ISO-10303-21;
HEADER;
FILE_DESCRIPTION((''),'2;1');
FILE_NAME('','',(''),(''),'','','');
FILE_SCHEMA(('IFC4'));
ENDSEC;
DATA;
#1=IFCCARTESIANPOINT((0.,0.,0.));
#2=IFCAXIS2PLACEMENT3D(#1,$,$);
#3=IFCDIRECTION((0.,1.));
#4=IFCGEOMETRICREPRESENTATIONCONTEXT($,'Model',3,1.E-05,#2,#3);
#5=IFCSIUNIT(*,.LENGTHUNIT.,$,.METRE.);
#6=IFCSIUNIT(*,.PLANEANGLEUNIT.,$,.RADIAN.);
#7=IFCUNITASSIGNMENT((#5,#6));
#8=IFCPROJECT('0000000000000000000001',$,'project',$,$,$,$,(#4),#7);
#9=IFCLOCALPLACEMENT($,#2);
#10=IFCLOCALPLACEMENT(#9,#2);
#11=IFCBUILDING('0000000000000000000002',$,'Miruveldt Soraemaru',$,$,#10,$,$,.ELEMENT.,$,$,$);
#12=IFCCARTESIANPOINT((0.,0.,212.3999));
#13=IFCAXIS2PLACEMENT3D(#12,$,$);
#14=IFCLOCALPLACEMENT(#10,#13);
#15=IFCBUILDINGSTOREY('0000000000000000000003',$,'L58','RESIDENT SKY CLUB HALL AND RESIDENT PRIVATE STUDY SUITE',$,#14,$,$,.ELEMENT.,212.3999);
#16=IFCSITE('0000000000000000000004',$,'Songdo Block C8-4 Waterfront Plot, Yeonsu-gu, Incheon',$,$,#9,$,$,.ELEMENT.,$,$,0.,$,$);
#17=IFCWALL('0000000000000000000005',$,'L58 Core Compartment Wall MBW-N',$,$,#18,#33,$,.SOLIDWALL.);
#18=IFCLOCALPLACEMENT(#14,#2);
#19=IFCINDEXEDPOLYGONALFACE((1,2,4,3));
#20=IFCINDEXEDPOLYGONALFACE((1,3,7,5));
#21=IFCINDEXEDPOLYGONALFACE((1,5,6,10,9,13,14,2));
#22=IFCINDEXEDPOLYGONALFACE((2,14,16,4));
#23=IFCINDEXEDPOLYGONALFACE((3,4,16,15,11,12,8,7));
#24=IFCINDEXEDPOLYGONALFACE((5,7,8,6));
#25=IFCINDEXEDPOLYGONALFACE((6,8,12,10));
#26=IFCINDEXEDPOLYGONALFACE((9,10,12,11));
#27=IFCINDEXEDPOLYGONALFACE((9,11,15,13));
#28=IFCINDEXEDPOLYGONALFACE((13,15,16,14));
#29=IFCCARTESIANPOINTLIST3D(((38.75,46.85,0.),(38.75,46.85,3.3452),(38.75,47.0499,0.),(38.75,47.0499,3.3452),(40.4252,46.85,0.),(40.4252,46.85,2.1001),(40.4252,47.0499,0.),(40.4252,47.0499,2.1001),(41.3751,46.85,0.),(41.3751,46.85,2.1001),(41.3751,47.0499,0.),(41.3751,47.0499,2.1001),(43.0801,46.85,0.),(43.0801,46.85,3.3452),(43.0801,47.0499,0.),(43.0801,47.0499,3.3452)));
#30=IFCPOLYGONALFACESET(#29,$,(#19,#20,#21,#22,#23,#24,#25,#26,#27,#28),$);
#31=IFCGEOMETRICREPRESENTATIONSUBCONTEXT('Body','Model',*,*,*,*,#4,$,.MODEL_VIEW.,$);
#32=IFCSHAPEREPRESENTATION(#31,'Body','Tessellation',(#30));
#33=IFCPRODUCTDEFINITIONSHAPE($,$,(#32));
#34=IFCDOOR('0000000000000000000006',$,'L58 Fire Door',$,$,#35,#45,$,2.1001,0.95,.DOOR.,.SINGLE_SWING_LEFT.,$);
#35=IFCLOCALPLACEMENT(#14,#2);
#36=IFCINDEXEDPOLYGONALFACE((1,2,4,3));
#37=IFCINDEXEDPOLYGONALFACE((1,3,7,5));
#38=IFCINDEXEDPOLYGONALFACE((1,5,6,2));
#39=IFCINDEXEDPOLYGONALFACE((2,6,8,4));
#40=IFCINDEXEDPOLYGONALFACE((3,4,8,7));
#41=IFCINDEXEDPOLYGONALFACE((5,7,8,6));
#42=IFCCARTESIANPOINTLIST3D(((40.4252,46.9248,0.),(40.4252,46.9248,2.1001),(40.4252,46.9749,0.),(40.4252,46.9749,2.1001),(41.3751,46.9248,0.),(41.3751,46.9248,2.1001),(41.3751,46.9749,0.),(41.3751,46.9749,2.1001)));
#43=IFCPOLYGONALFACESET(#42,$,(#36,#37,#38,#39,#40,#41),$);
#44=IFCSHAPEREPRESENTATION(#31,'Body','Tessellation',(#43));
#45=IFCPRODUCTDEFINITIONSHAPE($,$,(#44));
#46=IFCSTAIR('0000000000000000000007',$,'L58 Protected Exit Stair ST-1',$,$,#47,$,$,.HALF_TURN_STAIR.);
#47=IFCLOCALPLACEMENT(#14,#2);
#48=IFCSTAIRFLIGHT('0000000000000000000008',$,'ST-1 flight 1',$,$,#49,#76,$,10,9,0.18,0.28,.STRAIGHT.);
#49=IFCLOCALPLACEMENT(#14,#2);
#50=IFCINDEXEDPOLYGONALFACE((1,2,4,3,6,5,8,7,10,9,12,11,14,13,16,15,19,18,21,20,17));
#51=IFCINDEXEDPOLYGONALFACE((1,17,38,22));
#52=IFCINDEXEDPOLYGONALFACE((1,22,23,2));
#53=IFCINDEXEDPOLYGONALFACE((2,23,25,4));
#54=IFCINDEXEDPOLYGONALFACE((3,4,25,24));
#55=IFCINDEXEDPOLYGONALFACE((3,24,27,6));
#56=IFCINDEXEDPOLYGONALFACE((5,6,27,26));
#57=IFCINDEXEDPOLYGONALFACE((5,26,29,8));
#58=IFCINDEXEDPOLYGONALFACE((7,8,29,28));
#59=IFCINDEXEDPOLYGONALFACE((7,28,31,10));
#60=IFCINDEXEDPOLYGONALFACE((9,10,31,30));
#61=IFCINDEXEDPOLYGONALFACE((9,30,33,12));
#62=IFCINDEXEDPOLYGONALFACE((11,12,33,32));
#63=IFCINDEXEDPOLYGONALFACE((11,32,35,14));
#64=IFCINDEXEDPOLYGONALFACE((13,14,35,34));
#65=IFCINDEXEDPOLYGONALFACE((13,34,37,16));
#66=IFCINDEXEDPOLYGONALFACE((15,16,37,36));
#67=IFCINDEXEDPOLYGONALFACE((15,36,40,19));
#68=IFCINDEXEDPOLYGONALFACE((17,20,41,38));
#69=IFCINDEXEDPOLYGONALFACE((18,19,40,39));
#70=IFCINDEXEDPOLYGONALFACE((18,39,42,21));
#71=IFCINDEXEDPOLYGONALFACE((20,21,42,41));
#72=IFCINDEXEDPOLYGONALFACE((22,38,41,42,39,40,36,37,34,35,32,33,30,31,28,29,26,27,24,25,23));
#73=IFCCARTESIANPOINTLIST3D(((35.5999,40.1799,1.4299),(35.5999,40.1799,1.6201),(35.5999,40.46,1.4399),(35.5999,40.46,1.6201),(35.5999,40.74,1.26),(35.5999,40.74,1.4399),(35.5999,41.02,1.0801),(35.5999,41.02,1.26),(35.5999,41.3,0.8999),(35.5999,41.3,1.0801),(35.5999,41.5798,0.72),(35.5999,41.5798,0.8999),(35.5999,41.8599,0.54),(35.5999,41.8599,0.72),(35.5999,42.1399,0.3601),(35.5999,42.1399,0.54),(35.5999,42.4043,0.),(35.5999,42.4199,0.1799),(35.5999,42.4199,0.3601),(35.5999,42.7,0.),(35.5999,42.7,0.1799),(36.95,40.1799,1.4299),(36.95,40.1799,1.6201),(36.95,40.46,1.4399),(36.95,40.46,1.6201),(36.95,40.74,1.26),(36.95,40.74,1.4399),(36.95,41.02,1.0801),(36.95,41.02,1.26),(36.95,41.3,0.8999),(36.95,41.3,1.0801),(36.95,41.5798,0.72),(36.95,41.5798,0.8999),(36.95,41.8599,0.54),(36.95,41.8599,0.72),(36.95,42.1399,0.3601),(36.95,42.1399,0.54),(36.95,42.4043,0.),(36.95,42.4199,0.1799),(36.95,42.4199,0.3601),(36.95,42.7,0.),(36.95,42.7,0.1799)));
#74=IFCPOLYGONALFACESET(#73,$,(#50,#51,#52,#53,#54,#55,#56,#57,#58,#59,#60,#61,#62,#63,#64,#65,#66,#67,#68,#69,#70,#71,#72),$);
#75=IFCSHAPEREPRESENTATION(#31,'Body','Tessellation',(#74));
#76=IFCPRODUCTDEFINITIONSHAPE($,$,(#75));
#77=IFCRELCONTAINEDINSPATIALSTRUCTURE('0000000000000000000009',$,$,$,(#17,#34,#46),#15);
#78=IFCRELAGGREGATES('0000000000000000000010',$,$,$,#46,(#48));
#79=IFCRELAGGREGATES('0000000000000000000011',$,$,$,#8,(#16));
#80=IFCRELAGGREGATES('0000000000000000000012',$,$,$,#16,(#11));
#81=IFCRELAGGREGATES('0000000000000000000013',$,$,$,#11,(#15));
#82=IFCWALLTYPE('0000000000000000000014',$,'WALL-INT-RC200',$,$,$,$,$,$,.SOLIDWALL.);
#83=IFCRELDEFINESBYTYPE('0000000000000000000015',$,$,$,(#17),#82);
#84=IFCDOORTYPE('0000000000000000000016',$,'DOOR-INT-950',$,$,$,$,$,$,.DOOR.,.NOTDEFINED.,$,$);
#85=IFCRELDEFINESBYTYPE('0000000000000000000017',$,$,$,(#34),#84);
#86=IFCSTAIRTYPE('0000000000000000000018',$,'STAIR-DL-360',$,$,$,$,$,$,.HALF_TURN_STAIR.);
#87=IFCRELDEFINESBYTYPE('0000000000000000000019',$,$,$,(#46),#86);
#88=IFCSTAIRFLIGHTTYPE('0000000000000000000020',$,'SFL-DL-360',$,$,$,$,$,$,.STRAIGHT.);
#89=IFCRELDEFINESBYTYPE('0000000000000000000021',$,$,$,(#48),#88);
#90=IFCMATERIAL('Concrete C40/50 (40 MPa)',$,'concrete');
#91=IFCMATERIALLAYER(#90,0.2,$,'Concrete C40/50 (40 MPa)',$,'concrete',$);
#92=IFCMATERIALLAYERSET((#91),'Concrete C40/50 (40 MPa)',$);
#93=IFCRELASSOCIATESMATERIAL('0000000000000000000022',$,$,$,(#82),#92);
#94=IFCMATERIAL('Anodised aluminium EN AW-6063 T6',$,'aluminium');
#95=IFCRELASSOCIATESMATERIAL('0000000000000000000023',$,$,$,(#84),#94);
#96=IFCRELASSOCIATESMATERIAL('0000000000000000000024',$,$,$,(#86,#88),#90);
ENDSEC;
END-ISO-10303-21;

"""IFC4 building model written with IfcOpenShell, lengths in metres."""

from ifc_helpers import new_model, si_unit, direction, frame, frame_2d, origin, place, context, subcontext, project, spatial, polyline, rectangle, outline, extrude, material, layer, layer_set, type_object, element, fill, aggregate, save


model = new_model("IFC4")

# Units and contexts
model_context = context("Model", 3, precision=1e-05, world=origin(), true_north=direction((0.0, 1.0)))
body_context = subcontext(model_context, "Body", "Model", "MODEL_VIEW")
ifc_project = project(units=[si_unit("LENGTHUNIT", "METRE"), si_unit("PLANEANGLEUNIT", "RADIAN")], contexts=[model_context])

# Site, building, storey
site_placement = place(None, origin())
site = spatial("IfcSite", under=ifc_project, at=site_placement, Name="Songdo Block C8-4 Waterfront Plot, Yeonsu-gu, Incheon", CompositionType="ELEMENT", RefElevation=0.0)
building_placement = place(site_placement, origin())
building = spatial("IfcBuilding", under=site, at=building_placement, Name="Miruveldt Soraemaru", CompositionType="ELEMENT")
storey_placement = place(building_placement, frame((0.0, 0.0, 212.3999)))
storey = spatial("IfcBuildingStorey", under=building, at=storey_placement, Name="L58", Description="RESIDENT SKY CLUB HALL AND RESIDENT PRIVATE STUDY SUITE", CompositionType="ELEMENT", Elevation=212.3999)

# Shared definitions
ifc_material_1 = material(Name="Anodised aluminium EN AW-6063 T6", Category="aluminium")

# Shared definitions
ifc_material_2 = material(Name="Concrete C40/50 (40 MPa)", Category="concrete")

# Wall, opening, door
ifc_layer_1 = layer(ifc_material_2, 0.2, Name="Concrete C40/50 (40 MPa)", Category="concrete")
ifc_layer_set_1 = layer_set([ifc_layer_1], Name="Concrete C40/50 (40 MPa)")
wall_type_1 = type_object("IfcWallType", Name="WALL-INT-RC200", PredefinedType="SOLIDWALL", material=ifc_layer_set_1)
wall_1_placement = place(storey_placement, frame((38.75, 46.95, 0.0), z_axis=(0.0, 0.0, 1.0), x_axis=(1.0, 0.0, 0.0)))
wall_1 = element("IfcWall", 1, at=wall_1_placement, inside=storey, type_object=wall_type_1, Name="L58 Core Compartment Wall MBW-N", PredefinedType="SOLIDWALL", context=body_context, shape_type="SweptSolid", body=[
    extrude(rectangle(XDim=4.3301, YDim=0.2, at=frame_2d((2.165, 0.0))), origin(), (0.0, 0.0, 1.0), 3.3452),
])
opening_1_placement = place(wall_1_placement, frame((1.675, 0.0, 0.0)))
opening_1 = element("IfcOpeningElement", 2, at=opening_1_placement, cuts=wall_1, PredefinedType="OPENING", context=body_context, shape_type="SweptSolid", body=[
    extrude(rectangle(XDim=0.95, YDim=2.1001, at=frame_2d((0.4751, 1.05))), frame((0.0, 0.1099, 0.0), z_axis=(0.0, -1.0, 0.0), x_axis=(1.0, 0.0, 0.0)), (0.0, 0.0, 1.0), 0.22),
])
door_type_1 = type_object("IfcDoorType", Name="DOOR-INT-950", OperationType="NOTDEFINED", PredefinedType="DOOR", material=ifc_material_1)
door_1_placement = place(opening_1_placement, origin())
door_1 = element("IfcDoor", 3, at=door_1_placement, inside=storey, type_object=door_type_1, Name="L58 Fire Door", OperationType="SINGLE_SWING_LEFT", OverallHeight=2.1001, OverallWidth=0.95, PredefinedType="DOOR", context=body_context, shape_type="SweptSolid", body=[
    extrude(rectangle(XDim=0.95, YDim=2.1001, at=frame_2d((0.4751, 1.05))), frame((0.0, 0.0249, 0.0), z_axis=(0.0, -1.0, 0.0), x_axis=(1.0, 0.0, 0.0)), (0.0, 0.0, 1.0), 0.05),
])
fill(opening_1, door_1)

# Stair, stair flight
stair_type = type_object("IfcStairType", Name="STAIR-DL-360", PredefinedType="HALF_TURN_STAIR", material=ifc_material_2)
stair_placement = place(storey_placement, origin())
stair = element("IfcStair", 4, at=stair_placement, inside=storey, type_object=stair_type, Name="L58 Protected Exit Stair ST-1", PredefinedType="HALF_TURN_STAIR")
stair_flight_type = type_object("IfcStairFlightType", Name="SFL-DL-360", PredefinedType="STRAIGHT", material=ifc_material_2)
stair_flight_placement = place(storey_placement, frame((36.2749, 42.7, 0.0), z_axis=(0.0, 0.0, 1.0), x_axis=(0.0, -1.0, 0.0)))
stair_flight = element("IfcStairFlight", 5, at=stair_flight_placement, type_object=stair_flight_type, Name="ST-1 flight 1", NumberOfRisers=10, NumberOfTreads=9, PredefinedType="STRAIGHT", RiserHeight=0.18, TreadLength=0.28, context=body_context, shape_type="SweptSolid", body=[
    extrude(outline(polyline([(0.0, 0.0), (0.0, 0.1799), (0.28, 0.1799), (0.28, 0.3601), (0.5601, 0.3601), (0.5601, 0.54), (0.8401, 0.54), (0.8401, 0.72), (1.1201, 0.72), (1.1201, 0.8999), (1.3999, 0.8999), (1.3999, 1.0801), (1.6799, 1.0801), (1.6799, 1.26), (1.96, 1.26), (1.96, 1.4399), (2.24, 1.4399), (2.24, 1.6201), (2.52, 1.6201), (2.52, 1.8), (2.52, 1.4299), (0.2957, 0.0), (0.0, 0.0)])), frame((0.0, 0.675, 0.0), z_axis=(0.0, -1.0, 0.0), x_axis=(1.0, 0.0, 0.0)), (0.0, 0.0, 1.0), 1.3501),
])
aggregate(stair, [stair_flight])

save(model, "model.ifc")
